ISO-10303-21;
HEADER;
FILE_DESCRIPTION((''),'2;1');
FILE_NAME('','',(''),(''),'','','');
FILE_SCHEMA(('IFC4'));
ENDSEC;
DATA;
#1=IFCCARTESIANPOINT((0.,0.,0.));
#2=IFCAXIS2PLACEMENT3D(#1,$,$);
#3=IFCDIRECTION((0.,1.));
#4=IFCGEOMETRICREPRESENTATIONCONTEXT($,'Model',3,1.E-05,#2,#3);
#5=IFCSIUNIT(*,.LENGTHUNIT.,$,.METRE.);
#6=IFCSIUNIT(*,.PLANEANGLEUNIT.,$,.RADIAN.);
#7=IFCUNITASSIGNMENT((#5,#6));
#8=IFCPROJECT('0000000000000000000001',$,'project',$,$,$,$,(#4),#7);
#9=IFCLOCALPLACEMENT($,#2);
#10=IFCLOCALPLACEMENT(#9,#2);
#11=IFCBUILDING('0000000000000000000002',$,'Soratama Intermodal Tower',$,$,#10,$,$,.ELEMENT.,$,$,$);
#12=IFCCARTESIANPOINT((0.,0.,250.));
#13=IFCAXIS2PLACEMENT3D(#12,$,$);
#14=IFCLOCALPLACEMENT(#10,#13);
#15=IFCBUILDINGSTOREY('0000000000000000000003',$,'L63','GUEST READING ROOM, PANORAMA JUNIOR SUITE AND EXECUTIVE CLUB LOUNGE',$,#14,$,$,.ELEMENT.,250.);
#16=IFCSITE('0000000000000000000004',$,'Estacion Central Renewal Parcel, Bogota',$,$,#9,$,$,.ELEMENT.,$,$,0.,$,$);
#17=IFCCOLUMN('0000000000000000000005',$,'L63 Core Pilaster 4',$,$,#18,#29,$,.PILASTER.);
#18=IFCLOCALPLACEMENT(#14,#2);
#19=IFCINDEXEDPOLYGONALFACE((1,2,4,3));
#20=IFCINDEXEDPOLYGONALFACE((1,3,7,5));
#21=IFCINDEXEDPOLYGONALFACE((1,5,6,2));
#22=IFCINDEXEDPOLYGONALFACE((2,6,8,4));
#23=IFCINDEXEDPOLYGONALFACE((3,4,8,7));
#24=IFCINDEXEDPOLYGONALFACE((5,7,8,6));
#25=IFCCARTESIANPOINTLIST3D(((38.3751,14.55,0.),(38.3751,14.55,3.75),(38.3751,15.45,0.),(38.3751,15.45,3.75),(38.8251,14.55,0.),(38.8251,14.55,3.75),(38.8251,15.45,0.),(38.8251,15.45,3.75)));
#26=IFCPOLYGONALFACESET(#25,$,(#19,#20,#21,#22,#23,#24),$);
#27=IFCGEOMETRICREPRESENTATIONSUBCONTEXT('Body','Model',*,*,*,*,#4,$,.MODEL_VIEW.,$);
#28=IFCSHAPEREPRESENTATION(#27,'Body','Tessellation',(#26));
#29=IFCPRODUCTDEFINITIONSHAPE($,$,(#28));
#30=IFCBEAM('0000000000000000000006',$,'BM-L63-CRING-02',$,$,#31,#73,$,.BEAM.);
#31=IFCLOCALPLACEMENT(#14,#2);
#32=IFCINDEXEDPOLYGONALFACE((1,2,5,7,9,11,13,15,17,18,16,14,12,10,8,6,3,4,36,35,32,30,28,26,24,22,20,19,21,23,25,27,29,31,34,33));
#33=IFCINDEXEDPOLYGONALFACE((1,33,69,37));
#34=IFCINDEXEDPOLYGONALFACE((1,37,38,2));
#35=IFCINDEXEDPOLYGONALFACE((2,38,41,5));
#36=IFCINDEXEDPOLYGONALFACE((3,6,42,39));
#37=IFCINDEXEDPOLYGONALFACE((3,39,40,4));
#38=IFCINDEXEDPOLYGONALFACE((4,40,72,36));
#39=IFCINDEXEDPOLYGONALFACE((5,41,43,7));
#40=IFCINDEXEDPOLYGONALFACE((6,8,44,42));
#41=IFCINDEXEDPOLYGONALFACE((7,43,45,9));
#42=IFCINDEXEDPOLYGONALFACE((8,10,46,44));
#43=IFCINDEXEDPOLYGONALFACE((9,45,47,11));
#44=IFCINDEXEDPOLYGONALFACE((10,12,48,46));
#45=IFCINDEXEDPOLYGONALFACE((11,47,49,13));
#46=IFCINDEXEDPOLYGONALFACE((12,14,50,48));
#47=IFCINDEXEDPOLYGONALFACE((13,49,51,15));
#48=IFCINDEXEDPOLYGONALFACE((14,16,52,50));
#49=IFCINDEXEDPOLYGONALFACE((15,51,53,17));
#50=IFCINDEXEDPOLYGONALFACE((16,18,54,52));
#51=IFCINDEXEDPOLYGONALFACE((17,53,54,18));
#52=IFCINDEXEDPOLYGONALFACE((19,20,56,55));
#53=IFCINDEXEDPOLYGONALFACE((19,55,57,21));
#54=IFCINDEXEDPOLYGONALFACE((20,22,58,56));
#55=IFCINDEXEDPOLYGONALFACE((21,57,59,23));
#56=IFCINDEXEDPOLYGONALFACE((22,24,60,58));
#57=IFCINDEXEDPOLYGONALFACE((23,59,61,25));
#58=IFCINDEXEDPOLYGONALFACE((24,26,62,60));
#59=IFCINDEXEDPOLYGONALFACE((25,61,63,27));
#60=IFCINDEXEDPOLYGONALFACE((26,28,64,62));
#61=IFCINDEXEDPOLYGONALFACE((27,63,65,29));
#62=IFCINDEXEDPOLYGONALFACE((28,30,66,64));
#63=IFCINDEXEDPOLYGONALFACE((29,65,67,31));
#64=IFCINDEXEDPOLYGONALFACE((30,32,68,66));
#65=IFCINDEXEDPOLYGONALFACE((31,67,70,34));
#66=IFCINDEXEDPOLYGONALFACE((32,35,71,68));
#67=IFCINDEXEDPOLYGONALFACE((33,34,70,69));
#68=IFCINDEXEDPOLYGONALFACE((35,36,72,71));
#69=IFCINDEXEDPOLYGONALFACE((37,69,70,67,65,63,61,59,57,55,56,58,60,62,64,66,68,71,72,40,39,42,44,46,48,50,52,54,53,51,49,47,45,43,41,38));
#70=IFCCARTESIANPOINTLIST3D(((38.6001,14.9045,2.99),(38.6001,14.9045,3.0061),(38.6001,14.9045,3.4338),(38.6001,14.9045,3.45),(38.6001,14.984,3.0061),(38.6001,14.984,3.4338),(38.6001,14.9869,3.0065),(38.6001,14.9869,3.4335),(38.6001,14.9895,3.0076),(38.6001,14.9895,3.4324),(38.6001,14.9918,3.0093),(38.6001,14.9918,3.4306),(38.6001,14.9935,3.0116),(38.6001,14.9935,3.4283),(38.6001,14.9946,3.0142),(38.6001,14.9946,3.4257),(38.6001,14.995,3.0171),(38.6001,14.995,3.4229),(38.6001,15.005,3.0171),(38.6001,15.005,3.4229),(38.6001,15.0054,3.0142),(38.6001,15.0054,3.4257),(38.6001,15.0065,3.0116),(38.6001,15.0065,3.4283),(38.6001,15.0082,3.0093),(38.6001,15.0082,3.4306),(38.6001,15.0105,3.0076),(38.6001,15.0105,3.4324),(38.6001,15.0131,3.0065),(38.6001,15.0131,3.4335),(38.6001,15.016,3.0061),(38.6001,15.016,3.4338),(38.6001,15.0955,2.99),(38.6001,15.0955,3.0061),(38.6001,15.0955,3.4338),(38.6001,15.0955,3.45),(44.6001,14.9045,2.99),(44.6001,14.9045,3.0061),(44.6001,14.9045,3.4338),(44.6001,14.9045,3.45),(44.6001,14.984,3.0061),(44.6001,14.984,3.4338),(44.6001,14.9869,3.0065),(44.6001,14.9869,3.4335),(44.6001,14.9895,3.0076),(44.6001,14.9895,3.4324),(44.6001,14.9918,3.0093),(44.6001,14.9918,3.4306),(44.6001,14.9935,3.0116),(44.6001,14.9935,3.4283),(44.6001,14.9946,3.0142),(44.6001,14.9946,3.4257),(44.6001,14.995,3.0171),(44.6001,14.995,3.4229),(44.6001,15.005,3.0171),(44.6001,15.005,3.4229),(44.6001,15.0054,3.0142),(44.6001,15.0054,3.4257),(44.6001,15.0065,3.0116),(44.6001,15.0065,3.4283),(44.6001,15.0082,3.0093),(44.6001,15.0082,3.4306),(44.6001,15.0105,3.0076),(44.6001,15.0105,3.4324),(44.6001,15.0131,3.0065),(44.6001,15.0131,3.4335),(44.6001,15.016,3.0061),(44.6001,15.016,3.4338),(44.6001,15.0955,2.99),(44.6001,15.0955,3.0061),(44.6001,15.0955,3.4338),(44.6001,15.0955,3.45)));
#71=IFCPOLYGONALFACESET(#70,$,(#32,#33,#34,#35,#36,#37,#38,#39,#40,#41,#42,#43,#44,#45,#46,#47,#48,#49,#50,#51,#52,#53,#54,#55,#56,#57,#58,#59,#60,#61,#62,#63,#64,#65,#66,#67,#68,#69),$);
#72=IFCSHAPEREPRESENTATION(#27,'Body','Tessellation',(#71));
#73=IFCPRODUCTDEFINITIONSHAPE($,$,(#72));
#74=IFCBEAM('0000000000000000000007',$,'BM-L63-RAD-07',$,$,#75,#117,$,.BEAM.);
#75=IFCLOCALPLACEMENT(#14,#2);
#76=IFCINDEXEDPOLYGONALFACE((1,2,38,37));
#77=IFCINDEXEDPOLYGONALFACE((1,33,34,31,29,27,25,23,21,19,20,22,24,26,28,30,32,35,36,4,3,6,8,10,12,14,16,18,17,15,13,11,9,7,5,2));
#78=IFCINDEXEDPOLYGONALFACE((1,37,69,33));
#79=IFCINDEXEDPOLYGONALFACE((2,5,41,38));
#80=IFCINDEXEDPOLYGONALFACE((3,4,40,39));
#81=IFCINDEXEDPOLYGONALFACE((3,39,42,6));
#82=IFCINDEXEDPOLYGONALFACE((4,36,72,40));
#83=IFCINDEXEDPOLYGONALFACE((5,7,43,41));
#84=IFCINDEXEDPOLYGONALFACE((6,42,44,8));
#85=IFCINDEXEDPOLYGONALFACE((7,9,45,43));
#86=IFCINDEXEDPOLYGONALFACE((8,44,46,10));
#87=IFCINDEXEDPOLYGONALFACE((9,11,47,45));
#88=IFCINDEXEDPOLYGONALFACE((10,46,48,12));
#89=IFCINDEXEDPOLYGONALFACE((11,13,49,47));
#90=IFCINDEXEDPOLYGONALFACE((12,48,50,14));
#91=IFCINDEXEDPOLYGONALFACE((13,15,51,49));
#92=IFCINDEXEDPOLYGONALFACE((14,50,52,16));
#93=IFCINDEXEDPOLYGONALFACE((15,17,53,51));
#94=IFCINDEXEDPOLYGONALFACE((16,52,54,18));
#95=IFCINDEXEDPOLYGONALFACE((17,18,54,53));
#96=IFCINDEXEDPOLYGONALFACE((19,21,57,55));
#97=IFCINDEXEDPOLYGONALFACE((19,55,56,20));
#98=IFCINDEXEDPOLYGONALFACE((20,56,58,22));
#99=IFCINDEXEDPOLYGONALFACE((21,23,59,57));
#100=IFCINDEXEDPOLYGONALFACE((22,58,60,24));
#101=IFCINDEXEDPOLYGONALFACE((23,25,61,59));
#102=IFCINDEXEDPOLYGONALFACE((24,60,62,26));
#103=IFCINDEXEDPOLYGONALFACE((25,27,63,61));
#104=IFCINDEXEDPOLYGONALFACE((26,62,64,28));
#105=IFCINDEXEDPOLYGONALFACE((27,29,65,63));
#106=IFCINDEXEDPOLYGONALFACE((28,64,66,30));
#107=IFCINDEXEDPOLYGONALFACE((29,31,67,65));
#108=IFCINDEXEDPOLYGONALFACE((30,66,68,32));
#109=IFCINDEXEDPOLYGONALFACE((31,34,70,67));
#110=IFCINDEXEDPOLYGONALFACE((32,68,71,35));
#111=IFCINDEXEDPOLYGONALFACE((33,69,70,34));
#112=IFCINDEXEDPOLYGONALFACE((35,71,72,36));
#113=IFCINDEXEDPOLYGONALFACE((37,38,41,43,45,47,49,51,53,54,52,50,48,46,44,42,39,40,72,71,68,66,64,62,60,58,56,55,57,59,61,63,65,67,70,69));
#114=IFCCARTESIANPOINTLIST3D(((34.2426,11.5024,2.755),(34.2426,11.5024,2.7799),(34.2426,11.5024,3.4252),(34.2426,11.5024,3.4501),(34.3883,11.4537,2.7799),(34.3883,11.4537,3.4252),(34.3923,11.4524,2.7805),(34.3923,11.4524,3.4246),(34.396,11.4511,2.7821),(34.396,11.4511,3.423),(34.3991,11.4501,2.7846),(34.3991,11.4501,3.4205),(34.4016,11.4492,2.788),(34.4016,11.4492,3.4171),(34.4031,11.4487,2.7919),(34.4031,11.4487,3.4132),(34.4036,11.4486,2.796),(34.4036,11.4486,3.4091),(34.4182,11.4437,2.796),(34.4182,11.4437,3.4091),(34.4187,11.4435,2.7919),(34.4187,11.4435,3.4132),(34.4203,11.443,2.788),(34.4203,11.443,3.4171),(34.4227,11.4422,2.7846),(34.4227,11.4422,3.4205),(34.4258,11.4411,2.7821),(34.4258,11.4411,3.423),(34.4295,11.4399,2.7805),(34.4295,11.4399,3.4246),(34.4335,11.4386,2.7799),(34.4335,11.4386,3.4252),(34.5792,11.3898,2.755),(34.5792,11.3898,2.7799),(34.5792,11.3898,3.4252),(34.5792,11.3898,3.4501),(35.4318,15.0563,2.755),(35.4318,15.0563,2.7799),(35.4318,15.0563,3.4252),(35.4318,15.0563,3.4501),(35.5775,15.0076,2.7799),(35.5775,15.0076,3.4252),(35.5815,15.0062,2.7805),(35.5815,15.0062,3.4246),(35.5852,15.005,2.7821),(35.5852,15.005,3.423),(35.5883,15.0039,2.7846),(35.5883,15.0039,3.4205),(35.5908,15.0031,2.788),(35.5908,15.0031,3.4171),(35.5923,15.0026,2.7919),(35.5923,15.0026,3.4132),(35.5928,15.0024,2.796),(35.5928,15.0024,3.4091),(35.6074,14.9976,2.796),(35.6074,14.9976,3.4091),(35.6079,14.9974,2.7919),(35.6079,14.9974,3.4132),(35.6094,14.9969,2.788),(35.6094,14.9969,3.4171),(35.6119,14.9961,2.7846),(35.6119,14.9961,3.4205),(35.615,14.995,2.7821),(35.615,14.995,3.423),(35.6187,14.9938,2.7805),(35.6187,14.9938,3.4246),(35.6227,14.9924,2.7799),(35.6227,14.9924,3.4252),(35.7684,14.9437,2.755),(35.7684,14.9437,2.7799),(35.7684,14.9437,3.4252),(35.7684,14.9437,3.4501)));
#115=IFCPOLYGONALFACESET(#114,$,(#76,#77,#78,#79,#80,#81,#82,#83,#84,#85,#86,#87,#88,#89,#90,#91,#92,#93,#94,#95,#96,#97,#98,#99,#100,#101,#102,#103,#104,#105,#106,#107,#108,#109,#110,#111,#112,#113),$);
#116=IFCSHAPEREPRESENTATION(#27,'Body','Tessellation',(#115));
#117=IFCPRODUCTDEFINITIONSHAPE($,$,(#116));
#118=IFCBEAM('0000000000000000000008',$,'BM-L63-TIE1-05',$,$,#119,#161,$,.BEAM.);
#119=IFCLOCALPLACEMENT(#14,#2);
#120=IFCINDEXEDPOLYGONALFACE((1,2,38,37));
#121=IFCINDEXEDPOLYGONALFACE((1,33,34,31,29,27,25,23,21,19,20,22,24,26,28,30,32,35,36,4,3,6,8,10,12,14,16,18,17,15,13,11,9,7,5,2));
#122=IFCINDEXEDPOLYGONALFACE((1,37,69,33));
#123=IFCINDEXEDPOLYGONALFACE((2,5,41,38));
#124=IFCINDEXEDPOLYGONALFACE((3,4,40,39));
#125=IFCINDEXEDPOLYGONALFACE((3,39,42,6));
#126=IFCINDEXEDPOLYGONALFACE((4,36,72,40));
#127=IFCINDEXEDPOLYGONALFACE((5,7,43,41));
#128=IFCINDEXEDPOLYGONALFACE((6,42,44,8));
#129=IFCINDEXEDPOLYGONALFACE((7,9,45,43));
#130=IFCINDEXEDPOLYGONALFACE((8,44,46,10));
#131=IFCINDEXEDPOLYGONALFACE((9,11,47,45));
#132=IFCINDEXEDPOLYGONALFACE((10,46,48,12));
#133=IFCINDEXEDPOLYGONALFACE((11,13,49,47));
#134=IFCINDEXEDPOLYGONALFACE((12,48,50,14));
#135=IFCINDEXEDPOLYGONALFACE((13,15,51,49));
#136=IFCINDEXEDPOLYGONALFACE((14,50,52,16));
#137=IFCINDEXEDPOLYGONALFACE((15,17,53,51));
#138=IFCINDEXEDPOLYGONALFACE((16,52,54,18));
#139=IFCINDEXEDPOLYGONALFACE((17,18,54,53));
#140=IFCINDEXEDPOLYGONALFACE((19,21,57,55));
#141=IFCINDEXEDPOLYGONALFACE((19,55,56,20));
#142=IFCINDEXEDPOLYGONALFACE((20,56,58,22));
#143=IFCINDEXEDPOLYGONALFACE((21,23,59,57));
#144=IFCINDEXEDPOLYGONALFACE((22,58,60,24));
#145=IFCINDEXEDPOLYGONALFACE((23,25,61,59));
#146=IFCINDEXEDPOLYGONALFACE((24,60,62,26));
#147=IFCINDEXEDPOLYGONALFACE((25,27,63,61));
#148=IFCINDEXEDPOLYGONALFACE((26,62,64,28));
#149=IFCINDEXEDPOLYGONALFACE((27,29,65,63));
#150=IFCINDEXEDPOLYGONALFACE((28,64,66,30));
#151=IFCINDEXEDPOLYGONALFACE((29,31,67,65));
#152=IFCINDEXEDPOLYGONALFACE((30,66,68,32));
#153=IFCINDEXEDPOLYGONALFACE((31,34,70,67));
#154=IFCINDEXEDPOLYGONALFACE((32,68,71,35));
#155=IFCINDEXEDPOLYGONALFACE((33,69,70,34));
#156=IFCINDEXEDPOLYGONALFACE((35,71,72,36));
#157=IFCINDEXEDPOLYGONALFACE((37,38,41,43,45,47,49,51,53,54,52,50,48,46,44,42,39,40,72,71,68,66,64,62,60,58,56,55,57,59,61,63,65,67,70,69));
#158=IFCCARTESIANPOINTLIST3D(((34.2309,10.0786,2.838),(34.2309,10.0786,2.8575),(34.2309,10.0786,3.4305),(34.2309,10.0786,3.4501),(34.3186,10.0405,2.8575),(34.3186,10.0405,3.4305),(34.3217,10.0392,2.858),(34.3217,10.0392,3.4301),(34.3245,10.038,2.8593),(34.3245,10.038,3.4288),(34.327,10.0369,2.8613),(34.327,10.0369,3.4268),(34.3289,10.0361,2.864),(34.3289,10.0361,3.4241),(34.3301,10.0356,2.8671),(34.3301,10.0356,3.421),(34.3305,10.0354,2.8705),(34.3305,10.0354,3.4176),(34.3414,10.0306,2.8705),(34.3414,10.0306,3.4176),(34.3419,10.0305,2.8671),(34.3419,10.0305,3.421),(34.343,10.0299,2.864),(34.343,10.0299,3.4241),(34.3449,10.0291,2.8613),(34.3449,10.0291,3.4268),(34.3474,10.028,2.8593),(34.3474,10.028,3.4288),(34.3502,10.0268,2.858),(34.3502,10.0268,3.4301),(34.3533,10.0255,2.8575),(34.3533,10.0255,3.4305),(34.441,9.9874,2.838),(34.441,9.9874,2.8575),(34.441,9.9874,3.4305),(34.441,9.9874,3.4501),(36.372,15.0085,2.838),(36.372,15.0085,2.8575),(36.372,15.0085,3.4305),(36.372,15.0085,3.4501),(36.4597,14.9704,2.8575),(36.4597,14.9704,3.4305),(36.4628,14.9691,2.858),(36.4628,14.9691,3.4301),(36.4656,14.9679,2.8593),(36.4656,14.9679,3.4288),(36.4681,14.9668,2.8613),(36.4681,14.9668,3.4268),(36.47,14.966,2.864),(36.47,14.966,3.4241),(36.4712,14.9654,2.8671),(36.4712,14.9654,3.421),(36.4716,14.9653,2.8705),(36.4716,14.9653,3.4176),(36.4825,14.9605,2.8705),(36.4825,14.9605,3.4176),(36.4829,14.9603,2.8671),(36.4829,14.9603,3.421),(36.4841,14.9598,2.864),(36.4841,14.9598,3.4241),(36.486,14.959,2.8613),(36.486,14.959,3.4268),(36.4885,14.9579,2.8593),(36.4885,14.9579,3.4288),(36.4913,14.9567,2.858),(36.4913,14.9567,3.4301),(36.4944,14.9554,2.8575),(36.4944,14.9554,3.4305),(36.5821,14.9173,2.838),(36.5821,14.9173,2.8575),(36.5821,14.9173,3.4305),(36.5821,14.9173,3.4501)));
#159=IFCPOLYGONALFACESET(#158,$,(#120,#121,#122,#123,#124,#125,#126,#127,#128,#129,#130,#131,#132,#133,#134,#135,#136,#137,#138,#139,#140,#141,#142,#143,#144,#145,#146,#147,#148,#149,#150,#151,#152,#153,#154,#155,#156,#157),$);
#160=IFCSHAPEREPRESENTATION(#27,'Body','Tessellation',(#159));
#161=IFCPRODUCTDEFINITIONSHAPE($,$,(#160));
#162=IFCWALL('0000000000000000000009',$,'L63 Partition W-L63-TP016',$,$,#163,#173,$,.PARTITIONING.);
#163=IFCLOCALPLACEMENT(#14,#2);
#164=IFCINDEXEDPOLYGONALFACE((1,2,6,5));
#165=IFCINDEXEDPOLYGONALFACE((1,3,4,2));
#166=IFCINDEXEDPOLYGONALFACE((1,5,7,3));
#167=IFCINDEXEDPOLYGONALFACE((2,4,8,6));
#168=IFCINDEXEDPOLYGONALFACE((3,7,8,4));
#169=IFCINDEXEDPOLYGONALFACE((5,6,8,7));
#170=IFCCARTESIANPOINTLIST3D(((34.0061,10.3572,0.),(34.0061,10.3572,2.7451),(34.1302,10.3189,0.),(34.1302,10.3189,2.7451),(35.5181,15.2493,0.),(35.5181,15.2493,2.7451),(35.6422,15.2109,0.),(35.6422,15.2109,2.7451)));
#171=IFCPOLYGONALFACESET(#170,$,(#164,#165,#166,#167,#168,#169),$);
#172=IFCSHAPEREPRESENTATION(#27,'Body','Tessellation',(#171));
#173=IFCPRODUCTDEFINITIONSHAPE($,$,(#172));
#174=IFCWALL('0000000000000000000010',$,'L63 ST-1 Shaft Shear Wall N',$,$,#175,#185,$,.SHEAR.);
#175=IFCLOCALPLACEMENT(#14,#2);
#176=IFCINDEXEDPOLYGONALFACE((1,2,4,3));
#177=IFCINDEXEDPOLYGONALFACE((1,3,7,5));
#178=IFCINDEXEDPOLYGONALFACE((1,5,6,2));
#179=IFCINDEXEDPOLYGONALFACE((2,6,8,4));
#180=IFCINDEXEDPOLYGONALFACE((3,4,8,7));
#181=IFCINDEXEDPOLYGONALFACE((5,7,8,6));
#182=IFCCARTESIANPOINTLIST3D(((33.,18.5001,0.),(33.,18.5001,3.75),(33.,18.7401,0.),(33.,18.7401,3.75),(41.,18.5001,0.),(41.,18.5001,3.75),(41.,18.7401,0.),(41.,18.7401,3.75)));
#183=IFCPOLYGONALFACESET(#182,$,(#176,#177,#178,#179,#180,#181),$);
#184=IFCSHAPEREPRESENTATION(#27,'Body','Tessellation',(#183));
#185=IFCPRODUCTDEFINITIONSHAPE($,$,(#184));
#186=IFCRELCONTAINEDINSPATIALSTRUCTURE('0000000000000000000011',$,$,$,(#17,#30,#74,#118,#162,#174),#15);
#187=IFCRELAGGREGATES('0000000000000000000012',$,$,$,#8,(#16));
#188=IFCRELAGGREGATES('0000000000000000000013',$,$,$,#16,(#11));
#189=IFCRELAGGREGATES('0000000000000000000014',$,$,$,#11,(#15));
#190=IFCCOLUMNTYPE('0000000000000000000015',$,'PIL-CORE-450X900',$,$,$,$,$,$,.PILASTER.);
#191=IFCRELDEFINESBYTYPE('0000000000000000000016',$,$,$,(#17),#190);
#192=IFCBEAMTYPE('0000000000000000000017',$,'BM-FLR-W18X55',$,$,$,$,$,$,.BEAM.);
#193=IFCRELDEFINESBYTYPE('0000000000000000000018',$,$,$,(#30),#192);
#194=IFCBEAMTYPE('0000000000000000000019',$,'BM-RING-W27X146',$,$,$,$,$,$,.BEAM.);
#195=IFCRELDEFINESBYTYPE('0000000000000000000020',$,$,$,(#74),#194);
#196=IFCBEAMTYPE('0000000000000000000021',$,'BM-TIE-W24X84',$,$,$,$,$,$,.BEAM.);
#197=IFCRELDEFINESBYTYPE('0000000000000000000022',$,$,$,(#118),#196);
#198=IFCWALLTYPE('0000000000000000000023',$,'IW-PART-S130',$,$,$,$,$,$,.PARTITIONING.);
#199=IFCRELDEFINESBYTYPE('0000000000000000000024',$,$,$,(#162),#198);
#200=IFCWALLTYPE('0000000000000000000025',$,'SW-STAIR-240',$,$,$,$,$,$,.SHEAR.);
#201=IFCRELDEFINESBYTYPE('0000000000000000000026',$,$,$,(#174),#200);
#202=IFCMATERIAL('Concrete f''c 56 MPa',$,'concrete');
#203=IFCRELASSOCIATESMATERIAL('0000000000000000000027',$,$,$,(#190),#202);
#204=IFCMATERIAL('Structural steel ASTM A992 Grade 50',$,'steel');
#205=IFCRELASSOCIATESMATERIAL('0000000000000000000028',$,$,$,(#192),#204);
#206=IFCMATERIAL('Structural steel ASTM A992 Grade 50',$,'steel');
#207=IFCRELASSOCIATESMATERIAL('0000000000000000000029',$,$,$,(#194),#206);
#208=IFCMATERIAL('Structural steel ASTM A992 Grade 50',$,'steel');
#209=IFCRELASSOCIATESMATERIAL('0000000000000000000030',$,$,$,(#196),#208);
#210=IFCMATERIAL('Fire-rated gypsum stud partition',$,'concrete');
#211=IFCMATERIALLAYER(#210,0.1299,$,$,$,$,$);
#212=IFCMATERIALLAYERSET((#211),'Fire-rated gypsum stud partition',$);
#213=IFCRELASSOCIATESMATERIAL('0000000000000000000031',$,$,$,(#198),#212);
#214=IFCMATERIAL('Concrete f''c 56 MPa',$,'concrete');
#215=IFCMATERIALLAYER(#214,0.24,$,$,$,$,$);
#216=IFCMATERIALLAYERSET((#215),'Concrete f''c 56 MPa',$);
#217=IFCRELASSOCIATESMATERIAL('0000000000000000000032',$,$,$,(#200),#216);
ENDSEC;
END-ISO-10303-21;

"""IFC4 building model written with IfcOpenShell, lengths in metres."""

from ifc_helpers import new_model, si_unit, direction, frame, frame_2d, origin, origin_2d, place, context, subcontext, project, spatial, rectangle, i_section, extrude, material, layer, layer_set, material_profile, profile_set, type_object, element, save


model = new_model("IFC4")

# Units and contexts
model_context = context("Model", 3, precision=1e-05, world=origin(), true_north=direction((0.0, 1.0)))
body_context = subcontext(model_context, "Body", "Model", "MODEL_VIEW")
ifc_project = project(units=[si_unit("LENGTHUNIT", "METRE"), si_unit("PLANEANGLEUNIT", "RADIAN")], contexts=[model_context])

# Site, building, storey
site_placement = place(None, origin())
site = spatial("IfcSite", under=ifc_project, at=site_placement, Name="Estacion Central Renewal Parcel, Bogota", CompositionType="ELEMENT", RefElevation=0.0)
building_placement = place(site_placement, origin())
building = spatial("IfcBuilding", under=site, at=building_placement, Name="Soratama Intermodal Tower", CompositionType="ELEMENT")
storey_placement = place(building_placement, frame((0.0, 0.0, 250.0)))
storey = spatial("IfcBuildingStorey", under=building, at=storey_placement, Name="L63", Description="GUEST READING ROOM, PANORAMA JUNIOR SUITE AND EXECUTIVE CLUB LOUNGE", CompositionType="ELEMENT", Elevation=250.0)

# Column
ifc_material_1 = material(Name="Concrete f'c 56 MPa", Category="concrete")
ifc_material_profile_1 = material_profile(ifc_material_1, rectangle(XDim=0.45, YDim=0.8999, at=origin_2d()), Name="RC450X900")
ifc_profile_set_1 = profile_set([ifc_material_profile_1], Name="Concrete f'c 56 MPa")
column_type = type_object("IfcColumnType", Name="PIL-CORE-450X900", PredefinedType="PILASTER", material=ifc_profile_set_1)
column_placement = place(storey_placement, frame((38.6001, 15.0, 0.0), z_axis=(0.0, 0.0, 1.0), x_axis=(1.0, 0.0, 0.0)))
element("IfcColumn", 1, at=column_placement, inside=storey, type_object=column_type, Name="L63 Core Pilaster 4", PredefinedType="PILASTER", context=body_context, shape_type="SweptSolid", body=[
    extrude(rectangle(XDim=0.45, YDim=0.8999, at=origin_2d()), origin(), (0.0, 0.0, 1.0), 3.75),
])

# Beams
ifc_material_2 = material(Name="Structural steel ASTM A992 Grade 50", Category="steel")
ifc_material_profile_2 = material_profile(ifc_material_2, i_section(OverallWidth=0.1909, OverallDepth=0.46, WebThickness=0.01, FlangeThickness=0.0161, FilletRadius=0.011, at=origin_2d()), Name="W18X55")
ifc_profile_set_2 = profile_set([ifc_material_profile_2], Name="Structural steel ASTM A992 Grade 50")
beam_type_1 = type_object("IfcBeamType", Name="BM-FLR-W18X55", PredefinedType="BEAM", material=ifc_profile_set_2)
beam_1_placement = place(storey_placement, frame((38.6001, 15.0, 3.22), z_axis=(1.0, 0.0, 0.0), x_axis=(0.0, 1.0, 0.0)))
element("IfcBeam", 2, at=beam_1_placement, inside=storey, type_object=beam_type_1, Name="BM-L63-CRING-02", PredefinedType="BEAM", context=body_context, shape_type="SweptSolid", body=[
    extrude(i_section(OverallWidth=0.1909, OverallDepth=0.46, WebThickness=0.01, FlangeThickness=0.0161, FilletRadius=0.011, at=origin_2d()), origin(), (0.0, 0.0, 1.0), 6.0),
])
ifc_material_3 = material(Name="Structural steel ASTM A992 Grade 50", Category="steel")
ifc_material_profile_3 = material_profile(ifc_material_3, i_section(OverallWidth=0.355, OverallDepth=0.6951, WebThickness=0.0154, FlangeThickness=0.0249, FilletRadius=0.0161, at=origin_2d()), Name="W27X146")
ifc_profile_set_3 = profile_set([ifc_material_profile_3], Name="Structural steel ASTM A992 Grade 50")
beam_type_2 = type_object("IfcBeamType", Name="BM-RING-W27X146", PredefinedType="BEAM", material=ifc_profile_set_3)
beam_2_placement = place(storey_placement, frame((35.6001, 15.0, 3.1025), z_axis=(-0.317322, -0.948318, 0.0), x_axis=(0.948318, -0.317322, 0.0)))
element("IfcBeam", 3, at=beam_2_placement, inside=storey, type_object=beam_type_2, Name="BM-L63-RAD-07", PredefinedType="BEAM", context=body_context, shape_type="SweptSolid", body=[
    extrude(i_section(OverallWidth=0.355, OverallDepth=0.6951, WebThickness=0.0154, FlangeThickness=0.0249, FilletRadius=0.0161, at=origin_2d()), origin(), (0.0, 0.0, 1.0), 3.7476),
])
ifc_material_4 = material(Name="Structural steel ASTM A992 Grade 50", Category="steel")
ifc_material_profile_4 = material_profile(ifc_material_4, i_section(OverallWidth=0.229, OverallDepth=0.6121, WebThickness=0.012, FlangeThickness=0.0195, FilletRadius=0.0129, at=origin_2d()), Name="W24X84")
ifc_profile_set_4 = profile_set([ifc_material_profile_4], Name="Structural steel ASTM A992 Grade 50")
beam_type_3 = type_object("IfcBeamType", Name="BM-TIE-W24X84", PredefinedType="BEAM", material=ifc_profile_set_4)
beam_3_placement = place(storey_placement, frame((36.4771, 14.9629, 3.144), z_axis=(-0.398361, -0.917229, 0.0), x_axis=(0.917229, -0.398361, 0.0)))
element("IfcBeam", 4, at=beam_3_placement, inside=storey, type_object=beam_type_3, Name="BM-L63-TIE1-05", PredefinedType="BEAM", context=body_context, shape_type="SweptSolid", body=[
    extrude(i_section(OverallWidth=0.229, OverallDepth=0.6121, WebThickness=0.012, FlangeThickness=0.0195, FilletRadius=0.0129, at=origin_2d()), origin(), (0.0, 0.0, 1.0), 5.3748),
])

# Wall
ifc_material_5 = material(Name="Fire-rated gypsum stud partition", Category="concrete")
ifc_layer_1 = layer(ifc_material_5, 0.1299)
ifc_layer_set_1 = layer_set([ifc_layer_1], Name="Fire-rated gypsum stud partition")
wall_type_1 = type_object("IfcWallType", Name="IW-PART-S130", PredefinedType="PARTITIONING", material=ifc_layer_set_1)
wall_1_placement = place(storey_placement, frame((35.5801, 15.23, 0.0), z_axis=(0.0, 0.0, 1.0), x_axis=(-0.295282, -0.95541, 0.0)))
element("IfcWall", 5, at=wall_1_placement, inside=storey, type_object=wall_type_1, Name="L63 Partition W-L63-TP016", PredefinedType="PARTITIONING", context=body_context, shape_type="SweptSolid", body=[
    extrude(rectangle(XDim=5.1204, YDim=0.1299, at=frame_2d((2.5601, 0.0))), origin(), (0.0, 0.0, 1.0), 2.7451),
])

# Shared definitions
ifc_material_6 = material(Name="Concrete f'c 56 MPa", Category="concrete")
ifc_layer_2 = layer(ifc_material_6, 0.24)
ifc_layer_set_2 = layer_set([ifc_layer_2], Name="Concrete f'c 56 MPa")
wall_type_2 = type_object("IfcWallType", Name="SW-STAIR-240", PredefinedType="SHEAR", material=ifc_layer_set_2)

# Wall
wall_2_placement = place(storey_placement, frame((33.0, 18.6201, 0.0), z_axis=(0.0, 0.0, 1.0), x_axis=(1.0, 0.0, 0.0)))
element("IfcWall", 6, at=wall_2_placement, inside=storey, type_object=wall_type_2, Name="L63 ST-1 Shaft Shear Wall N", PredefinedType="SHEAR", context=body_context, shape_type="SweptSolid", body=[
    extrude(rectangle(XDim=8.0, YDim=0.24, at=frame_2d((4.0, 0.0))), origin(), (0.0, 0.0, 1.0), 3.75),
])

save(model, "model.ifc")
